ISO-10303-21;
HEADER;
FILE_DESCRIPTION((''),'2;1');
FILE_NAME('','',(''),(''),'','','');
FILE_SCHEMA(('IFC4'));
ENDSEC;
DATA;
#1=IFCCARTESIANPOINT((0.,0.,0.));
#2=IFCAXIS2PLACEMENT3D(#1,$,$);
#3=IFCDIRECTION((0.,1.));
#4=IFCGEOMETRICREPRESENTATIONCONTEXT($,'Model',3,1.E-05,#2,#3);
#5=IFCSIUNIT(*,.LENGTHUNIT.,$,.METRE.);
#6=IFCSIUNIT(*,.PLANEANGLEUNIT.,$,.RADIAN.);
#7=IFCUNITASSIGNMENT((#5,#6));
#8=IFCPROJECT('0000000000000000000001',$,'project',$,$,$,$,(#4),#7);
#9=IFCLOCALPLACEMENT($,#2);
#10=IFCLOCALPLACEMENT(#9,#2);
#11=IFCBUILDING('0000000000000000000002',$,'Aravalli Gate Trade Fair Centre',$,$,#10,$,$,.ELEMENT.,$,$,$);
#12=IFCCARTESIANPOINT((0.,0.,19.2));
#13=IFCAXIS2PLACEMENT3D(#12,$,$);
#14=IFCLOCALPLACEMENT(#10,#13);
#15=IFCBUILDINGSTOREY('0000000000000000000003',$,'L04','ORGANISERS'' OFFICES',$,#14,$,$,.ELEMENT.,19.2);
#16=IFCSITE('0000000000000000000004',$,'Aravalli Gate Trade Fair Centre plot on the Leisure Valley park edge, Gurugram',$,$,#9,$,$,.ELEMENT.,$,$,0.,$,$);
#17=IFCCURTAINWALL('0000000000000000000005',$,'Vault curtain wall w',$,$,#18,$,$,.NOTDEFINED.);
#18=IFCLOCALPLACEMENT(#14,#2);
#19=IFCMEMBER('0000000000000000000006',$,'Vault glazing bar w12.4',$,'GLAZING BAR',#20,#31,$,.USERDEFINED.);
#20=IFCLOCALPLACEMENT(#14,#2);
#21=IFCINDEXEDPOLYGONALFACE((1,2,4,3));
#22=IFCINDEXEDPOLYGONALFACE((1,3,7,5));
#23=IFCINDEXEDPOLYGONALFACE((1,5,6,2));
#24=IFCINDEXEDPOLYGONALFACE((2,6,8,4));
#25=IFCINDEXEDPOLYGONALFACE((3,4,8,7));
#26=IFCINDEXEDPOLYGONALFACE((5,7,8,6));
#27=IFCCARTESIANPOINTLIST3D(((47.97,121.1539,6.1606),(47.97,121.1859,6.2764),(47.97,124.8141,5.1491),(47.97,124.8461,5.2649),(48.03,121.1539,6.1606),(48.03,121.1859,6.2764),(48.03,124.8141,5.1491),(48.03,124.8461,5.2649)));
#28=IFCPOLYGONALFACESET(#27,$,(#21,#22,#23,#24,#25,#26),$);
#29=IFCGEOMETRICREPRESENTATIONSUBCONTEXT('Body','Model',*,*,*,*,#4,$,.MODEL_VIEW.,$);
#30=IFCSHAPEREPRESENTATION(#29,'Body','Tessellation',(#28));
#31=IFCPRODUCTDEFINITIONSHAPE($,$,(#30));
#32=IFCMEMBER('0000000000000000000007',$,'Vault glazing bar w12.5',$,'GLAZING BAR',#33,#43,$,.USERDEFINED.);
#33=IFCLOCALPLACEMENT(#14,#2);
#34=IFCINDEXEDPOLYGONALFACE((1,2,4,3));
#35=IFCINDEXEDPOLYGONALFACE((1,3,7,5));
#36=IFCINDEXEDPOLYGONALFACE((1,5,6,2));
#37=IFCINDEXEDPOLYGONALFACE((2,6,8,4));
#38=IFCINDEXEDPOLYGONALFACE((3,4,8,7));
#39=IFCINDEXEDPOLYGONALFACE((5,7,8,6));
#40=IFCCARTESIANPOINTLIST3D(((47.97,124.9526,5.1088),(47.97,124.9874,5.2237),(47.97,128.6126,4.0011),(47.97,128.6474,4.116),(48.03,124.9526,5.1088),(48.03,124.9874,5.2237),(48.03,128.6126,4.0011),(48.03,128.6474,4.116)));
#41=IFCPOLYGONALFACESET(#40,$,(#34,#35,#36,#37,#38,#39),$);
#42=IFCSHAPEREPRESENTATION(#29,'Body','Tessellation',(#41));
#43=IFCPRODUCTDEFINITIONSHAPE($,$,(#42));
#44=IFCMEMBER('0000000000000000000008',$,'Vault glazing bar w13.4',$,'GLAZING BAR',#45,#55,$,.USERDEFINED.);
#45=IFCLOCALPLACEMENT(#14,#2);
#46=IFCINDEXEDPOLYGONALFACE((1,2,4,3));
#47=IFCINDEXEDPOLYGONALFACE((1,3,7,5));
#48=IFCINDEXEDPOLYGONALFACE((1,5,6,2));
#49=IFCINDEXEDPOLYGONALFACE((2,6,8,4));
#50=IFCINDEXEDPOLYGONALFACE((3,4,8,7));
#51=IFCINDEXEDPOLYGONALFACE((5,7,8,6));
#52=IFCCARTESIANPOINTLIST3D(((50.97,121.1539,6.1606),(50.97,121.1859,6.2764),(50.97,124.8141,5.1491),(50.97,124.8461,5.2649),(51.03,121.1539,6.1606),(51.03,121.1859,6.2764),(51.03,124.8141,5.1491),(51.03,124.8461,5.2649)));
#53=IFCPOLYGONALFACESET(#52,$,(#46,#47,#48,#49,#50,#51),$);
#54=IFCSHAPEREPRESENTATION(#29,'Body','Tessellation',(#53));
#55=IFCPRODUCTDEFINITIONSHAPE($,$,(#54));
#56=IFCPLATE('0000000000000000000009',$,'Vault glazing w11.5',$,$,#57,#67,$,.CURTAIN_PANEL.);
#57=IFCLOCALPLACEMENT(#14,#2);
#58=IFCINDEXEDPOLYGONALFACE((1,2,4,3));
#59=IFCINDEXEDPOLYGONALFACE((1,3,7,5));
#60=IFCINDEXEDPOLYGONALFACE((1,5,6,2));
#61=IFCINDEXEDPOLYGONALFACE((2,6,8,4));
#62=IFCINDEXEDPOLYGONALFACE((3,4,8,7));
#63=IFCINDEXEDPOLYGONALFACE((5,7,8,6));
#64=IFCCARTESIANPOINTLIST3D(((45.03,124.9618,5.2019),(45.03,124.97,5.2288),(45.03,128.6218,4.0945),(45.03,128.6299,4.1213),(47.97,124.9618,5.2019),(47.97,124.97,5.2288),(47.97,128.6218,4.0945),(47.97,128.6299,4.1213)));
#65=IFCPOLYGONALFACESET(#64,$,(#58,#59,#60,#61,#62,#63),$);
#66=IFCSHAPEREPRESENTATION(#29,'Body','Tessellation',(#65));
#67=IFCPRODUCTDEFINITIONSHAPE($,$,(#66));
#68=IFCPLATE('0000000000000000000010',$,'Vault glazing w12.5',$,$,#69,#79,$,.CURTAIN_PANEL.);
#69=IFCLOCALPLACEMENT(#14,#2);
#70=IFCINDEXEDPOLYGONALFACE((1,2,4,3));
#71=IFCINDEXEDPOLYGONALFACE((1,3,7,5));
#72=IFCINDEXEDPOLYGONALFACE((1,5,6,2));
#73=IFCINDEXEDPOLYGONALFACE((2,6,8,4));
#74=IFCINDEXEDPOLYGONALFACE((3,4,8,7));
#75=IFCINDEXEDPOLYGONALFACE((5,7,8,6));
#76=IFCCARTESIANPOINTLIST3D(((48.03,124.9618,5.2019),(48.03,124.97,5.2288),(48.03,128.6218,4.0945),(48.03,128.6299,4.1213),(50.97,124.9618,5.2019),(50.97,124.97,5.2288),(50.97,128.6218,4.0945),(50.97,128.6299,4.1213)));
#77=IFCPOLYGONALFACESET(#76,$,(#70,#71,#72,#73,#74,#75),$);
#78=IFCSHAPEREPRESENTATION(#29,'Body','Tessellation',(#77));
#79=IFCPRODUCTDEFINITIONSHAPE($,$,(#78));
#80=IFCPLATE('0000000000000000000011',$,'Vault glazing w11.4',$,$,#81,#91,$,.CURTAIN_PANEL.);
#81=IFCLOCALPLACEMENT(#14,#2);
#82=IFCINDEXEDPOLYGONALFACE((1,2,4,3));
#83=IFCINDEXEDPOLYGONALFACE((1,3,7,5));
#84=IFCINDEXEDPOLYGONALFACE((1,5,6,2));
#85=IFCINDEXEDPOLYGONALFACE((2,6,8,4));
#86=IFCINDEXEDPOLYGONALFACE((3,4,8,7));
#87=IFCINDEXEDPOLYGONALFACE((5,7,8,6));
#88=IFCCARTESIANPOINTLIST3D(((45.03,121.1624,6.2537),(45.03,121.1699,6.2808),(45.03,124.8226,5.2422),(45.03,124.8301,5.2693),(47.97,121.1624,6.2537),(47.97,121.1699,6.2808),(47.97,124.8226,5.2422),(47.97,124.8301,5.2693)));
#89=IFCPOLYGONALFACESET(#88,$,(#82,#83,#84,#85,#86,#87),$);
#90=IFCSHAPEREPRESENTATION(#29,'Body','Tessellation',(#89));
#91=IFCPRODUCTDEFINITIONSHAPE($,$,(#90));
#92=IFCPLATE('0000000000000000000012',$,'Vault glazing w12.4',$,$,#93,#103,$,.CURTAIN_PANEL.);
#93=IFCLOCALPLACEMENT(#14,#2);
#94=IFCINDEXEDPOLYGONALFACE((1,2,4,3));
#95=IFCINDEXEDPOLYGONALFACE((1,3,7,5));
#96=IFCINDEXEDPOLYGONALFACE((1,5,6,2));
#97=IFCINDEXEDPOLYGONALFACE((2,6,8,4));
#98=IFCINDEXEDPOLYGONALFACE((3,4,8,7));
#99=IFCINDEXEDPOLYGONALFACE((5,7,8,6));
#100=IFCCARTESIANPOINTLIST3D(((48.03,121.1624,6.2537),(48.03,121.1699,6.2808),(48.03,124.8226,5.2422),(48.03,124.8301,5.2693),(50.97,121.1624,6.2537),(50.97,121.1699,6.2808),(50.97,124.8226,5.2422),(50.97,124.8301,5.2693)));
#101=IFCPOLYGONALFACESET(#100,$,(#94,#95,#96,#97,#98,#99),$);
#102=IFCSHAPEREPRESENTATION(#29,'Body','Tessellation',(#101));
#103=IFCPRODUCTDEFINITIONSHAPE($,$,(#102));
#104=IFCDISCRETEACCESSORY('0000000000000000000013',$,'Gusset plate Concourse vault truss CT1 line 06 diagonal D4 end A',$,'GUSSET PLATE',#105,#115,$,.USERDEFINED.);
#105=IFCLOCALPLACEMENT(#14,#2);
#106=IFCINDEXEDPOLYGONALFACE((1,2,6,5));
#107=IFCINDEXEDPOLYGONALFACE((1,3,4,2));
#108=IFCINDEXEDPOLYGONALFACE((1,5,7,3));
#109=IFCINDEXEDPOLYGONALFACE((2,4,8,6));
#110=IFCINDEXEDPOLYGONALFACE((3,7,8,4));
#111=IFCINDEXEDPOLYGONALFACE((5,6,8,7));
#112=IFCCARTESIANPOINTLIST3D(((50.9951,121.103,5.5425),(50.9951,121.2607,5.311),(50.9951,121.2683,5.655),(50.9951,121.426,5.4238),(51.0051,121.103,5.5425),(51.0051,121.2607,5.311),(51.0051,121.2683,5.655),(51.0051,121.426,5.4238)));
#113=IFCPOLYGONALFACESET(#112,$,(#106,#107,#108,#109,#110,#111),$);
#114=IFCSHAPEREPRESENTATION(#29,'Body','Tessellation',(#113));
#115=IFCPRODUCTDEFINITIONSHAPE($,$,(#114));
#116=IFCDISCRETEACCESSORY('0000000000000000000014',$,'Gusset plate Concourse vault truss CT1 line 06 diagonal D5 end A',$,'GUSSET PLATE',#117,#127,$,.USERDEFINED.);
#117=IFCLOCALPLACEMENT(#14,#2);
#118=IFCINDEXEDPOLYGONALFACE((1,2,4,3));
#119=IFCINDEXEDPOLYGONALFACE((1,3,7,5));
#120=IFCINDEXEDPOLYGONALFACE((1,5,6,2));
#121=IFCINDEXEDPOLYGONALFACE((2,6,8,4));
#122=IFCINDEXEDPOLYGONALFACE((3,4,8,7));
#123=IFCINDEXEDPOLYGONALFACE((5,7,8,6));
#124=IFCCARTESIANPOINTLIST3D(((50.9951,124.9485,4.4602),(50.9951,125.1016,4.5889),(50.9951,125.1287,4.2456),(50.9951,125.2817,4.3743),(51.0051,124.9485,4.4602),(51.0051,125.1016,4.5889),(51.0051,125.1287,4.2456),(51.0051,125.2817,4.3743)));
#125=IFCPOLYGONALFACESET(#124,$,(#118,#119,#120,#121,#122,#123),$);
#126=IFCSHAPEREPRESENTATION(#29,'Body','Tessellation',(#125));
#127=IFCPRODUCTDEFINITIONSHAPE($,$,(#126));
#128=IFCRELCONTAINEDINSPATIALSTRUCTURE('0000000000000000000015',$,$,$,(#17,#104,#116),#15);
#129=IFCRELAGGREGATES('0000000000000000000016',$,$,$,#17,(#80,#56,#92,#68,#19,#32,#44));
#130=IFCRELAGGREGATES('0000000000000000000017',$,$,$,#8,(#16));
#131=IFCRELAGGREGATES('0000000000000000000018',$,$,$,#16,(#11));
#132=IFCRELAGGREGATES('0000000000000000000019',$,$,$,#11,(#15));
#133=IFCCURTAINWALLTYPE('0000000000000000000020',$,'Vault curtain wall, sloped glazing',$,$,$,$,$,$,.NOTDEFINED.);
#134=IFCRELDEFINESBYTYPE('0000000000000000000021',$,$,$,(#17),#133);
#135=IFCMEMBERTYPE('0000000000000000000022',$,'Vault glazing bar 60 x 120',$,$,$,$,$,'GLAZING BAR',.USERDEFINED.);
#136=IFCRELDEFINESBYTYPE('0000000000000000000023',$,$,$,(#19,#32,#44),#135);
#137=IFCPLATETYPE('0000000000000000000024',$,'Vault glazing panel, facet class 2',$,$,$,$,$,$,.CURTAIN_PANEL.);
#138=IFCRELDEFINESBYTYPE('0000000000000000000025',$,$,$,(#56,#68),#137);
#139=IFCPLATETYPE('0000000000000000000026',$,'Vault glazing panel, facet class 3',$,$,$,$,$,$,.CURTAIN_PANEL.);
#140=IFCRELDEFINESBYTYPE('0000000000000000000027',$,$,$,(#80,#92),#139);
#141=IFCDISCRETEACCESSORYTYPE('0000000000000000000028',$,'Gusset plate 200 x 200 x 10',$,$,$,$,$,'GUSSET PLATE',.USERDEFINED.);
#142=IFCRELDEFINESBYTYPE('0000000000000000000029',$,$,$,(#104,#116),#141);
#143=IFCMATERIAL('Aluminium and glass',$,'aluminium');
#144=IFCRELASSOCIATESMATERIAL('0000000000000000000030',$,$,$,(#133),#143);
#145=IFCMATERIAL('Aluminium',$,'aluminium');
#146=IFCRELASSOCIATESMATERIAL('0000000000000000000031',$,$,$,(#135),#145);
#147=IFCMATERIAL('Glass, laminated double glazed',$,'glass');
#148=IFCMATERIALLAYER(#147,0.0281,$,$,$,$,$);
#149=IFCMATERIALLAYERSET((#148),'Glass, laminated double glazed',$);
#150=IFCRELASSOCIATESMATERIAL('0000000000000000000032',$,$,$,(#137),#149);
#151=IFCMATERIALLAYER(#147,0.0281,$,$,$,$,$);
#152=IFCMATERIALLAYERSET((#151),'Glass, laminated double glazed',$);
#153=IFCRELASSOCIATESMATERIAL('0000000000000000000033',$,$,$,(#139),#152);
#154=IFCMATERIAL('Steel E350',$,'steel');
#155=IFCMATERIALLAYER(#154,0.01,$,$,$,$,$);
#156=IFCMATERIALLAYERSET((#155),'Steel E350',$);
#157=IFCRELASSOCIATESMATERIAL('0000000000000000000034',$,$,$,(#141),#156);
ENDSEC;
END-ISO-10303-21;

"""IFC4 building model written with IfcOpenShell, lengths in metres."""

from ifc_helpers import new_model, si_unit, direction, frame, origin, origin_2d, place, context, subcontext, project, spatial, polyline, rectangle, outline, extrude, material, layer, layer_set, material_profile, profile_set, type_object, element, aggregate, save


model = new_model("IFC4")

# Units and contexts
model_context = context("Model", 3, precision=1e-05, world=origin(), true_north=direction((0.0, 1.0)))
body_context = subcontext(model_context, "Body", "Model", "MODEL_VIEW")
ifc_project = project(units=[si_unit("LENGTHUNIT", "METRE"), si_unit("PLANEANGLEUNIT", "RADIAN")], contexts=[model_context])

# Site, building, storey
site_placement = place(None, origin())
site = spatial("IfcSite", under=ifc_project, at=site_placement, Name="Aravalli Gate Trade Fair Centre plot on the Leisure Valley park edge, Gurugram", CompositionType="ELEMENT", RefElevation=0.0)
building_placement = place(site_placement, origin())
building = spatial("IfcBuilding", under=site, at=building_placement, Name="Aravalli Gate Trade Fair Centre", CompositionType="ELEMENT")
storey_placement = place(building_placement, frame((0.0, 0.0, 19.2)))
storey = spatial("IfcBuildingStorey", under=building, at=storey_placement, Name="L04", Description="ORGANISERS' OFFICES", CompositionType="ELEMENT", Elevation=19.2)

# Shared definitions
ifc_material_1 = material(Name="Steel E350", Category="steel")
ifc_material_2 = material(Name="Aluminium", Category="aluminium")

# Curtain wall, members, plates
ifc_material_3 = material(Name="Aluminium and glass", Category="aluminium")
curtain_wall_type = type_object("IfcCurtainWallType", Name="Vault curtain wall, sloped glazing", PredefinedType="NOTDEFINED", material=ifc_material_3)
curtain_wall_placement = place(storey_placement, origin())
curtain_wall = element("IfcCurtainWall", 1, at=curtain_wall_placement, inside=storey, type_object=curtain_wall_type, Name="Vault curtain wall w", PredefinedType="NOTDEFINED")
ifc_material_profile_1 = material_profile(ifc_material_2, rectangle(XDim=0.0601, YDim=0.1201, at=origin_2d()), Name="Vault glazing bar 60 x 120")
ifc_profile_set_1 = profile_set([ifc_material_profile_1], Name="Aluminium")
member_type_1 = type_object("IfcMemberType", Name="Vault glazing bar 60 x 120", ElementType="GLAZING BAR", PredefinedType="USERDEFINED", material=ifc_profile_set_1)
member_1_placement = place(storey_placement, frame((48.0, 121.1699, 6.2185), z_axis=(0.0, 0.963873, -0.266364), x_axis=(-1.0, 0.0, 0.0)))
member_1 = element("IfcMember", 2, at=member_1_placement, type_object=member_type_1, Name="Vault glazing bar w12.4", ObjectType="GLAZING BAR", PredefinedType="USERDEFINED", context=body_context, shape_type="SweptSolid", body=[
    extrude(rectangle(XDim=0.0601, YDim=0.1201, at=origin_2d()), origin(), (0.0, 0.0, 1.0), 3.7974),
])
member_2_placement = place(storey_placement, frame((48.0, 124.97, 5.1663), z_axis=(0.0, 0.957126, -0.289672), x_axis=(-1.0, 0.0, 0.0)))
member_2 = element("IfcMember", 3, at=member_2_placement, type_object=member_type_1, Name="Vault glazing bar w12.5", ObjectType="GLAZING BAR", PredefinedType="USERDEFINED", context=body_context, shape_type="SweptSolid", body=[
    extrude(rectangle(XDim=0.0601, YDim=0.1201, at=origin_2d()), origin(), (0.0, 0.0, 1.0), 3.824),
])
member_3_placement = place(storey_placement, frame((51.0, 121.1699, 6.2185), z_axis=(0.0, 0.963873, -0.266364), x_axis=(-1.0, 0.0, 0.0)))
member_3 = element("IfcMember", 4, at=member_3_placement, type_object=member_type_1, Name="Vault glazing bar w13.4", ObjectType="GLAZING BAR", PredefinedType="USERDEFINED", context=body_context, shape_type="SweptSolid", body=[
    extrude(rectangle(XDim=0.0601, YDim=0.1201, at=origin_2d()), origin(), (0.0, 0.0, 1.0), 3.7974),
])
ifc_material_4 = material(Name="Glass, laminated double glazed", Category="glass")
ifc_layer_1 = layer(ifc_material_4, 0.0281)
ifc_layer_set_1 = layer_set([ifc_layer_1], Name="Glass, laminated double glazed")
plate_type_1 = type_object("IfcPlateType", Name="Vault glazing panel, facet class 2", PredefinedType="CURTAIN_PANEL", material=ifc_layer_set_1)
plate_1_placement = place(storey_placement, frame((45.03, 124.97, 5.2288), z_axis=(0.0, 0.289614, 0.957144), x_axis=(1.0, 0.0, 0.0)))
plate_1 = element("IfcPlate", 5, at=plate_1_placement, type_object=plate_type_1, Name="Vault glazing w11.5", PredefinedType="CURTAIN_PANEL", context=body_context, shape_type="SweptSolid", body=[
    extrude(outline(polyline([(0.0, 0.0), (2.9399, 0.0), (2.9399, 3.8238), (0.0, 3.8238), (0.0, 0.0)])), origin(), (0.0, 0.0, -1.0), 0.0281),
])
plate_2_placement = place(storey_placement, frame((48.03, 124.97, 5.2288), z_axis=(0.0, 0.289614, 0.957144), x_axis=(1.0, 0.0, 0.0)))
plate_2 = element("IfcPlate", 6, at=plate_2_placement, type_object=plate_type_1, Name="Vault glazing w12.5", PredefinedType="CURTAIN_PANEL", context=body_context, shape_type="SweptSolid", body=[
    extrude(outline(polyline([(0.0, 0.0), (2.9399, 0.0), (2.9399, 3.8238), (0.0, 3.8238), (0.0, 0.0)])), origin(), (0.0, 0.0, -1.0), 0.0281),
])
ifc_layer_2 = layer(ifc_material_4, 0.0281)
ifc_layer_set_2 = layer_set([ifc_layer_2], Name="Glass, laminated double glazed")
plate_type_2 = type_object("IfcPlateType", Name="Vault glazing panel, facet class 3", PredefinedType="CURTAIN_PANEL", material=ifc_layer_set_2)
plate_3_placement = place(storey_placement, frame((45.03, 121.1699, 6.2808), z_axis=(0.0, 0.266364, 0.963873), x_axis=(1.0, 0.0, 0.0)))
plate_3 = element("IfcPlate", 7, at=plate_3_placement, type_object=plate_type_2, Name="Vault glazing w11.4", PredefinedType="CURTAIN_PANEL", context=body_context, shape_type="SweptSolid", body=[
    extrude(outline(polyline([(0.0, 0.0), (2.9399, 0.0), (2.9399, 3.7973), (0.0, 3.7973), (0.0, 0.0)])), origin(), (0.0, 0.0, -1.0), 0.0281),
])
plate_4_placement = place(storey_placement, frame((48.03, 121.1699, 6.2808), z_axis=(0.0, 0.266364, 0.963873), x_axis=(1.0, 0.0, 0.0)))
plate_4 = element("IfcPlate", 8, at=plate_4_placement, type_object=plate_type_2, Name="Vault glazing w12.4", PredefinedType="CURTAIN_PANEL", context=body_context, shape_type="SweptSolid", body=[
    extrude(outline(polyline([(0.0, 0.0), (2.9399, 0.0), (2.9399, 3.7973), (0.0, 3.7973), (0.0, 0.0)])), origin(), (0.0, 0.0, -1.0), 0.0281),
])
aggregate(curtain_wall, [plate_3, plate_1, plate_4, plate_2, member_1, member_2, member_3])

# Discrete accessories
ifc_layer_3 = layer(ifc_material_1, 0.01)
ifc_layer_set_3 = layer_set([ifc_layer_3], Name="Steel E350")
discrete_accessory_type = type_object("IfcDiscreteAccessoryType", Name="Gusset plate 200 x 200 x 10", ElementType="GUSSET PLATE", PredefinedType="USERDEFINED", material=ifc_layer_set_3)
discrete_accessory_1_placement = place(storey_placement, frame((50.9951, 121.2607, 5.311), z_axis=(-1.0, 0.0, 0.0), x_axis=(0.0, -0.56312, 0.826375)))
element("IfcDiscreteAccessory", 9, at=discrete_accessory_1_placement, inside=storey, type_object=discrete_accessory_type, Name="Gusset plate Concourse vault truss CT1 line 06 diagonal D4 end A", ObjectType="GUSSET PLATE", PredefinedType="USERDEFINED", context=body_context, shape_type="SweptSolid", body=[
    extrude(outline(polyline([(0.0, 0.0), (0.2801, 0.0), (0.28, 0.2), (0.0001, 0.2001), (0.0, 0.0)])), origin(), (0.0, 0.0, -1.0), 0.01),
])
discrete_accessory_2_placement = place(storey_placement, frame((50.9951, 125.1287, 4.2456), z_axis=(-1.0, 0.0, 0.0), x_axis=(0.0, -0.643008, 0.765859)))
element("IfcDiscreteAccessory", 10, at=discrete_accessory_2_placement, inside=storey, type_object=discrete_accessory_type, Name="Gusset plate Concourse vault truss CT1 line 06 diagonal D5 end A", ObjectType="GUSSET PLATE", PredefinedType="USERDEFINED", context=body_context, shape_type="SweptSolid", body=[
    extrude(outline(polyline([(0.0, 0.0), (0.2802, 0.0), (0.2803, 0.2), (0.0001, 0.2), (0.0, 0.0)])), origin(), (0.0, 0.0, -1.0), 0.01),
])

save(model, "model.ifc")
